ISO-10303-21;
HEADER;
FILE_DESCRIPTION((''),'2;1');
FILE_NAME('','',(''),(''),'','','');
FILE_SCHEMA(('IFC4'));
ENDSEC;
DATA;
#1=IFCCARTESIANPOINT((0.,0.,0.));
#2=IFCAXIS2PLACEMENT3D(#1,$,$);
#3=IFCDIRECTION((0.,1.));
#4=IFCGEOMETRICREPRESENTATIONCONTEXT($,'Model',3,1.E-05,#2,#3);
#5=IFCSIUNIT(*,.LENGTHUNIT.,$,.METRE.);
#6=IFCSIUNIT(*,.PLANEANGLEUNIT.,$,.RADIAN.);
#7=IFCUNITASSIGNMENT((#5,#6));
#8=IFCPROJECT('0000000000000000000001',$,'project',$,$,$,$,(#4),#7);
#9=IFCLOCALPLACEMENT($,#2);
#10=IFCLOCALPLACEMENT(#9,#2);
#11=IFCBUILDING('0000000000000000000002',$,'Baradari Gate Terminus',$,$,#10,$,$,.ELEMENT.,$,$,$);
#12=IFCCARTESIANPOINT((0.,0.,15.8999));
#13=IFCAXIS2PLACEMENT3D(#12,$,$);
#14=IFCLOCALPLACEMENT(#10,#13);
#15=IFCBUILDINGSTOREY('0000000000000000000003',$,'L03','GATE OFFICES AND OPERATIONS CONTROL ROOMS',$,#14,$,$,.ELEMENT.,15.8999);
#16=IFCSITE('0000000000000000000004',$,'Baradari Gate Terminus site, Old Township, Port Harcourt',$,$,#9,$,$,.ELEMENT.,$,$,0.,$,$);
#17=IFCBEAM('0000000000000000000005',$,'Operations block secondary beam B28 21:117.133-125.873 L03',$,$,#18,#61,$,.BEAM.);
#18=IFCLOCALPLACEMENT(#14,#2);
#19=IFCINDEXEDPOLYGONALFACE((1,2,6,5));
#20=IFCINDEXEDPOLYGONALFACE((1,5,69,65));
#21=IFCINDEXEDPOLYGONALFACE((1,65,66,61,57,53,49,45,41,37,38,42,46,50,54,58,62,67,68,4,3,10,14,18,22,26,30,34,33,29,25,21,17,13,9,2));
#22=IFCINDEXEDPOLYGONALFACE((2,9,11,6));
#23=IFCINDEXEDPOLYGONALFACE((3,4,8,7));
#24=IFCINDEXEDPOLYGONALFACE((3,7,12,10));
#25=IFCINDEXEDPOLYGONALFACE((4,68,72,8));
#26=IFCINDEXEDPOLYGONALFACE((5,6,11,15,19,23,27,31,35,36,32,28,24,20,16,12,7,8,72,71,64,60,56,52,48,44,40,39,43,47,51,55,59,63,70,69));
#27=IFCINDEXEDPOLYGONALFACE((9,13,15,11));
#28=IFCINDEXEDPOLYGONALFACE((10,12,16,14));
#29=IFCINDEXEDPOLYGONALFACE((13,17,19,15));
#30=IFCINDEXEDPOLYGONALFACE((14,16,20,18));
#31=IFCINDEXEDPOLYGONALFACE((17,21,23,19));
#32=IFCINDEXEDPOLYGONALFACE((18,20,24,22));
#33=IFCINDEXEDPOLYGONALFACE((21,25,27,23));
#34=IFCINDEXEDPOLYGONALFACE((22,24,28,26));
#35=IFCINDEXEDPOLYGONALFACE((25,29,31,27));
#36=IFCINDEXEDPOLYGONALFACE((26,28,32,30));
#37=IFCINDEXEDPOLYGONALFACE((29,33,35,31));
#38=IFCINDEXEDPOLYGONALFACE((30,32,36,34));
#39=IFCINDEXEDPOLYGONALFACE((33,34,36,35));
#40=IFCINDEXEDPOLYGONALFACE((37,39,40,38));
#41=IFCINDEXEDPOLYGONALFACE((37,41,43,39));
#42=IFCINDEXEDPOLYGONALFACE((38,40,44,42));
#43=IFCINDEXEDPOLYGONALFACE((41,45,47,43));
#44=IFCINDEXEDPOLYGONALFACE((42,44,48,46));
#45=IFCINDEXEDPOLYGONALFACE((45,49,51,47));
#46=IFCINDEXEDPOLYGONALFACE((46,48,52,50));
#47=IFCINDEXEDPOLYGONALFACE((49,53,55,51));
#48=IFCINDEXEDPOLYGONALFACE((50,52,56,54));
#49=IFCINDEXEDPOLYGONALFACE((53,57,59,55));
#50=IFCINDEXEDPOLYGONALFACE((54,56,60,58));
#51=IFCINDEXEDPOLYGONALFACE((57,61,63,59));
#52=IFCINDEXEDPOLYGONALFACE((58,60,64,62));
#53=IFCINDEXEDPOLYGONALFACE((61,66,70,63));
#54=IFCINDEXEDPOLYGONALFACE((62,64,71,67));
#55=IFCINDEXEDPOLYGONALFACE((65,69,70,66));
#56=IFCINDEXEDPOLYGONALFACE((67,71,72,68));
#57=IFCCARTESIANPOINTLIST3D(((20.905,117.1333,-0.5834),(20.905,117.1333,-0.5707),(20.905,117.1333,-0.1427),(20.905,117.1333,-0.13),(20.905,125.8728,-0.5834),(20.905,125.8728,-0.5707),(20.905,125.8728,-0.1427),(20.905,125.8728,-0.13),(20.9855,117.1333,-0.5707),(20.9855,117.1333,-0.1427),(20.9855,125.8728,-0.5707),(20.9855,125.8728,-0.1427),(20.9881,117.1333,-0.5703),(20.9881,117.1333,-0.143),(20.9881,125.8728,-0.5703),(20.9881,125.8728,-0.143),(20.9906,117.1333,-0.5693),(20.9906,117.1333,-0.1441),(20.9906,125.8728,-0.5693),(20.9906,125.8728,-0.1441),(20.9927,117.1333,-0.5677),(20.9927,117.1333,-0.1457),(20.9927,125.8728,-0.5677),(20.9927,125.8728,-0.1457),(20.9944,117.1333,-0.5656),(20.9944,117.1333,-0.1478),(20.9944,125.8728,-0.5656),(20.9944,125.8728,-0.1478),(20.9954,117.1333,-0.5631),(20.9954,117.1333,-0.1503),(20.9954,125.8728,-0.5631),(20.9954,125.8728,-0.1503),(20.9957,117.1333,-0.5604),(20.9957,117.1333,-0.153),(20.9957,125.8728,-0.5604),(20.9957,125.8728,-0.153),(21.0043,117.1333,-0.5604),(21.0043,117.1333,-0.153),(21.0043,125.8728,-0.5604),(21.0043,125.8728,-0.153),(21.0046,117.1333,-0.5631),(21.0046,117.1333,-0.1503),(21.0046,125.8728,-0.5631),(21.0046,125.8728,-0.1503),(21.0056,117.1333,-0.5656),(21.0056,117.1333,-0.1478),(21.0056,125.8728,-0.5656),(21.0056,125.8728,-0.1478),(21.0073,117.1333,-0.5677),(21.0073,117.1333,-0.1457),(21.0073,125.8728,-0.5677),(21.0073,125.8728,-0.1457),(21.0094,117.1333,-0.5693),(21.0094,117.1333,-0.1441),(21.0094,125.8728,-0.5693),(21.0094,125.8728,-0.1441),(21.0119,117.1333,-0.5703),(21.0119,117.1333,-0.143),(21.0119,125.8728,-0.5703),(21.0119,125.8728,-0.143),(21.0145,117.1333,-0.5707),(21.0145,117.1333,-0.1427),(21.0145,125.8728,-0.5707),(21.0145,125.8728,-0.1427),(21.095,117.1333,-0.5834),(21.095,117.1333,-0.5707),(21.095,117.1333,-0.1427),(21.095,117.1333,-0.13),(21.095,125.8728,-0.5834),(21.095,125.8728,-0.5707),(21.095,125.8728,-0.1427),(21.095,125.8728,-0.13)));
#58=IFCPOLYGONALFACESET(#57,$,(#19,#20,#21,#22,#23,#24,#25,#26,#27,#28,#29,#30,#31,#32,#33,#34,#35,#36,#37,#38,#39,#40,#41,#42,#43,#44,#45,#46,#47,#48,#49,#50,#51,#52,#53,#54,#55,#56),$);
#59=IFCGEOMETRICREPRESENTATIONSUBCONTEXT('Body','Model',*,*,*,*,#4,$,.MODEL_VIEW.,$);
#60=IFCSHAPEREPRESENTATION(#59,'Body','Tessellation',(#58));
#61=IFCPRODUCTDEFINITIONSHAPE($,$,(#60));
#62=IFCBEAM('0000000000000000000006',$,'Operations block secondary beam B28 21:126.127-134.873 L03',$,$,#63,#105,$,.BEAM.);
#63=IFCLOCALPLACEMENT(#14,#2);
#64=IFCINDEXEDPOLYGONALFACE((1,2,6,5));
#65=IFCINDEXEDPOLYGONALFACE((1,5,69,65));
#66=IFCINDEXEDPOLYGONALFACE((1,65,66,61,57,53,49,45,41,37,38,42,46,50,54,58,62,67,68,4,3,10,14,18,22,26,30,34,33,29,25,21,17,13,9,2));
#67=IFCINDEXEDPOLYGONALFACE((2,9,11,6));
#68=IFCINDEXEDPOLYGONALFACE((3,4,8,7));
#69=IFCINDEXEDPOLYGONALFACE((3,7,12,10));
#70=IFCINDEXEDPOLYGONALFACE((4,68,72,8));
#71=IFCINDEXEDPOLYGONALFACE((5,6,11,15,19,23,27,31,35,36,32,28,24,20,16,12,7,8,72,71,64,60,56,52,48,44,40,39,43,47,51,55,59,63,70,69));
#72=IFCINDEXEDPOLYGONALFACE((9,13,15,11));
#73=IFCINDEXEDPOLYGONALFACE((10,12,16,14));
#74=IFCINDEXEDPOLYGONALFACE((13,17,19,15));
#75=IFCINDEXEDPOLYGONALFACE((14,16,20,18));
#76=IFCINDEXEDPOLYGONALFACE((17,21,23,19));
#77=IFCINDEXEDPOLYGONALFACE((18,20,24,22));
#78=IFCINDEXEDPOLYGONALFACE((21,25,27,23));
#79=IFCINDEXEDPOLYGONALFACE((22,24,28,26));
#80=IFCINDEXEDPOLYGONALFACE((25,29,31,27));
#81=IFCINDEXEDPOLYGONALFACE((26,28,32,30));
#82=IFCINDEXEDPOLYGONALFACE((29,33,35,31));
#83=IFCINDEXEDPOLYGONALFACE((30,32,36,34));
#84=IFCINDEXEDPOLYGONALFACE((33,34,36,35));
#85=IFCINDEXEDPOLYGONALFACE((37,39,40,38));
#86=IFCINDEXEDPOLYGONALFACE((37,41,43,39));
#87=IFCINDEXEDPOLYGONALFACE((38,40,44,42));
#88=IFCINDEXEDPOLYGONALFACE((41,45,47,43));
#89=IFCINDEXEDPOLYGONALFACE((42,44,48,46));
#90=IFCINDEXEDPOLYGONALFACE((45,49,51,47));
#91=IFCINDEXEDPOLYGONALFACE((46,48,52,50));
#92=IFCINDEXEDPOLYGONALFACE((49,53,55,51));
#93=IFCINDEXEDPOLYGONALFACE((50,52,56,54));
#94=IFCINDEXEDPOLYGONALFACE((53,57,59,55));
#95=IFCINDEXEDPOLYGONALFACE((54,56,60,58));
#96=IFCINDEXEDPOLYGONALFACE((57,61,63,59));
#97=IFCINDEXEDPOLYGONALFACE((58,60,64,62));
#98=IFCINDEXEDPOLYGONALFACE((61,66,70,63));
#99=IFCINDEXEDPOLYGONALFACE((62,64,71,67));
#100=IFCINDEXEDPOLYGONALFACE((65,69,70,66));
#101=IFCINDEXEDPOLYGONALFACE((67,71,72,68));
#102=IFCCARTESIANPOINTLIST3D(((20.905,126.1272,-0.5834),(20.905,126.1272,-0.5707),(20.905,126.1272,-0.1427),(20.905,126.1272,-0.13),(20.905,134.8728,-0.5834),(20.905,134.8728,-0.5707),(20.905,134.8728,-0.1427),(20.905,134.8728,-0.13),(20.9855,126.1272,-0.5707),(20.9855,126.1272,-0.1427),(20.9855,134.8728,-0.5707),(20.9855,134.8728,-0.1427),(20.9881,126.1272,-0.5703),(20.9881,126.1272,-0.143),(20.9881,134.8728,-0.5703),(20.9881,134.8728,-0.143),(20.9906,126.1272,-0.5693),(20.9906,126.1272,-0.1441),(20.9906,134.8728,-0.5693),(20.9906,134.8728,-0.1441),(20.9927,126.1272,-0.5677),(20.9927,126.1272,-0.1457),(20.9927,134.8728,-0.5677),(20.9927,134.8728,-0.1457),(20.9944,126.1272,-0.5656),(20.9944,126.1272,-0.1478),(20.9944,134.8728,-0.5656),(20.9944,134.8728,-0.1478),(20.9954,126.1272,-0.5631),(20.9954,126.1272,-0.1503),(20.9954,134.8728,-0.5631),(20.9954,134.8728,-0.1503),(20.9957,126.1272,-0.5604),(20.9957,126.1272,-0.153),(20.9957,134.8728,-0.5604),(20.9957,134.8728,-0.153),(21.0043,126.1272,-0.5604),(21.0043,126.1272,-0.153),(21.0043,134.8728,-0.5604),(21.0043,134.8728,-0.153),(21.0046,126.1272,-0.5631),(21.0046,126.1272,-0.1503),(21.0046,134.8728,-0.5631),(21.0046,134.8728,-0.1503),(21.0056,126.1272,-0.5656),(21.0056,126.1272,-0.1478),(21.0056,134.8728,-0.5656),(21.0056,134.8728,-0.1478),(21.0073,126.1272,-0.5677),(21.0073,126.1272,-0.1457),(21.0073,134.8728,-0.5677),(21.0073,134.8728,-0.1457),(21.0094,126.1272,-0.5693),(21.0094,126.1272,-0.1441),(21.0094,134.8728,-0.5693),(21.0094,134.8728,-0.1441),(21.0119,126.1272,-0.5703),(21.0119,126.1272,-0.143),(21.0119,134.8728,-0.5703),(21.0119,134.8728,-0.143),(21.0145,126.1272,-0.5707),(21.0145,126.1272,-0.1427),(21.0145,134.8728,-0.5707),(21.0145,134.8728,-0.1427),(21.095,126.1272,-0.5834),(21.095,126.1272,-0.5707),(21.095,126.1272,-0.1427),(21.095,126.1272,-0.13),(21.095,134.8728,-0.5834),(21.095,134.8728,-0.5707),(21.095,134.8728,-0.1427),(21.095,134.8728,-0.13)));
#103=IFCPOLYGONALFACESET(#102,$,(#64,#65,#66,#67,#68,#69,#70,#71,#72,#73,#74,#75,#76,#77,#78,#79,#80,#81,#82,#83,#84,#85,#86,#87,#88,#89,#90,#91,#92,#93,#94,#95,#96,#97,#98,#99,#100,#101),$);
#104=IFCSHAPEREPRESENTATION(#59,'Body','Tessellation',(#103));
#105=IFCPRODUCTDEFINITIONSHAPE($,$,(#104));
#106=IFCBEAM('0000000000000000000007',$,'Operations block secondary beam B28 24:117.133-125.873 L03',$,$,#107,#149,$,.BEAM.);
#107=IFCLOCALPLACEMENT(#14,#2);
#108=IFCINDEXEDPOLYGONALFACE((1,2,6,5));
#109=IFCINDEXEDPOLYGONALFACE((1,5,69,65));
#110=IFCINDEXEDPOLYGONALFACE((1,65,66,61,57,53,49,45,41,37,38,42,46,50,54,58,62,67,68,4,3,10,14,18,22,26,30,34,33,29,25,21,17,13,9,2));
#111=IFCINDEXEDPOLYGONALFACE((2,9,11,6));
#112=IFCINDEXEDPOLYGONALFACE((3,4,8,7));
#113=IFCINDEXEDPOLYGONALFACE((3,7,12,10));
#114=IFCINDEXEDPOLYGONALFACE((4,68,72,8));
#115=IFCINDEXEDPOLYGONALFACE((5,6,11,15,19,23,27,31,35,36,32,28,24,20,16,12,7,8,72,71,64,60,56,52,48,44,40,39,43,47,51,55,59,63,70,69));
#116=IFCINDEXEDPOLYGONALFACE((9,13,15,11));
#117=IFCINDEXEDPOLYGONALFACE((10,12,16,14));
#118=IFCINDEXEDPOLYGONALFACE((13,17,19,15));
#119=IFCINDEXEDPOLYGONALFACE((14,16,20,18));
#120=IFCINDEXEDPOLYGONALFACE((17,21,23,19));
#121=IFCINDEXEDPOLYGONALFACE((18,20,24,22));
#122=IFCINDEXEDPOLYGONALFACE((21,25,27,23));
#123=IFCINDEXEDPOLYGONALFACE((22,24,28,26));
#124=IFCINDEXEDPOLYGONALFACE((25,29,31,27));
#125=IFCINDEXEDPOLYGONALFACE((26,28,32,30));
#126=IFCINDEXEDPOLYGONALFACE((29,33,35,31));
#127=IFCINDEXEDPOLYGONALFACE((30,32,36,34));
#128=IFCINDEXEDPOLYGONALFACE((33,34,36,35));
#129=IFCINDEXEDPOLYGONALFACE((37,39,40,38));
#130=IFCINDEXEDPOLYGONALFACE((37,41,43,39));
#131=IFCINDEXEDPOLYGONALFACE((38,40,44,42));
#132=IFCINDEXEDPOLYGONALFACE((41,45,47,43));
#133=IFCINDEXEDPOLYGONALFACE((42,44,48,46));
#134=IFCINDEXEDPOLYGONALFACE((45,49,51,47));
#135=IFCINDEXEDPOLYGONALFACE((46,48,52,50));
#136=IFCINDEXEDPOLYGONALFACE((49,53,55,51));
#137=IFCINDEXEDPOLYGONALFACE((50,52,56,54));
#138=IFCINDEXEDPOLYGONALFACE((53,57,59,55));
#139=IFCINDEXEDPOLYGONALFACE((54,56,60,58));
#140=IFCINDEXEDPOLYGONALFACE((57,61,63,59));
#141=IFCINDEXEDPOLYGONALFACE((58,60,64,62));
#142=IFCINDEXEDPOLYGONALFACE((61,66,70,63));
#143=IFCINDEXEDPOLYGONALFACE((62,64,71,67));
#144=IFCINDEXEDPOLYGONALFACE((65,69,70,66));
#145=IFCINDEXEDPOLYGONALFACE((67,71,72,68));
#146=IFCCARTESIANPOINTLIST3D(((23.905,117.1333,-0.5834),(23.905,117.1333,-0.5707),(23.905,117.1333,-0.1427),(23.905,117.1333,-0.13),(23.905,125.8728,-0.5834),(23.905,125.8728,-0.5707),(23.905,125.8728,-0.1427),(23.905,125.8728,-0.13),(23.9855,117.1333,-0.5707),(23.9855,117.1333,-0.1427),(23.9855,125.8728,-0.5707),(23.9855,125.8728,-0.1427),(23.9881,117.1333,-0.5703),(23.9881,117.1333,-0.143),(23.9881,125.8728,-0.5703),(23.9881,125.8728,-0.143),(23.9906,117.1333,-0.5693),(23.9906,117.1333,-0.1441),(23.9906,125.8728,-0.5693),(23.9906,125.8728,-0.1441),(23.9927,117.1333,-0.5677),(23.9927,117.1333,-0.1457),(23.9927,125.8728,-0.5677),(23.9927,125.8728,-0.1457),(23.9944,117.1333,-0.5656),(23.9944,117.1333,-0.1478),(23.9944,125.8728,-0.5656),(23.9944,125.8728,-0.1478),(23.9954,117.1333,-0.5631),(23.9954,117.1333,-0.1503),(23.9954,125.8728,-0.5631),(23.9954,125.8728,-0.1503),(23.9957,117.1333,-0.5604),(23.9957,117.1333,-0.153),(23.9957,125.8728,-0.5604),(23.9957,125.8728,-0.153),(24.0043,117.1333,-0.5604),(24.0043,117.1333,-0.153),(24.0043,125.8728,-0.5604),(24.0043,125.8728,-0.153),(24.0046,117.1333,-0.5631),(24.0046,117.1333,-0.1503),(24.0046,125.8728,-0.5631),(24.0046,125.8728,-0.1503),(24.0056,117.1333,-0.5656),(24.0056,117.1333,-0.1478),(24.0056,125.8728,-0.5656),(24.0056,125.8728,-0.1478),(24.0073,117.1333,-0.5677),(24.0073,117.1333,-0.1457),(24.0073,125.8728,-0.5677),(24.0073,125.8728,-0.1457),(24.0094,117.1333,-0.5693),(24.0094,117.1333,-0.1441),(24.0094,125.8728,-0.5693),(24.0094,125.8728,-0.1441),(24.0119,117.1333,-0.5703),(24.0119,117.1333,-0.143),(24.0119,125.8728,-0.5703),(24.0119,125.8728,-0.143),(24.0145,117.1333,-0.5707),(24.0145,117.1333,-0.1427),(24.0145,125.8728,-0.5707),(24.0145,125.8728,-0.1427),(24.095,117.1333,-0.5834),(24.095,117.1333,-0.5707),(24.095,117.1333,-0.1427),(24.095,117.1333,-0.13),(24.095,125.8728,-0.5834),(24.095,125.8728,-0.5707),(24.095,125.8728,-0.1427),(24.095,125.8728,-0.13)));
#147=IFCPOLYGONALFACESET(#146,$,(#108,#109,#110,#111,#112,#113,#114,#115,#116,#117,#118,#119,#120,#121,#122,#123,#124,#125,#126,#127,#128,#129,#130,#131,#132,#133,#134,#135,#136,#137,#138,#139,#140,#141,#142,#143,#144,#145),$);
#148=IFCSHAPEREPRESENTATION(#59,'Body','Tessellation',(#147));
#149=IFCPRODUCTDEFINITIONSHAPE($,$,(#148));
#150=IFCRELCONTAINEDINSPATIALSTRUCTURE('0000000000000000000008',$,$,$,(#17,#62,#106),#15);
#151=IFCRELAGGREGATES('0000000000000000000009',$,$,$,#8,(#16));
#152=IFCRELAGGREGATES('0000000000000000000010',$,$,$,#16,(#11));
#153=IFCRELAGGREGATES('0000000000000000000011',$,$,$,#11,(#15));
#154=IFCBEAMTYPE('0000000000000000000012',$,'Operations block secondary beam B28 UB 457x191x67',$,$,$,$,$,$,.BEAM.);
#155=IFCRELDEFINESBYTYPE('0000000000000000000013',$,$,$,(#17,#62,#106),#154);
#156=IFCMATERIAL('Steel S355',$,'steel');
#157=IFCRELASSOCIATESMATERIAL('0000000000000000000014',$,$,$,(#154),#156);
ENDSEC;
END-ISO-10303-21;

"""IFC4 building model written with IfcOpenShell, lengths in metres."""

from ifc_helpers import new_model, si_unit, direction, frame, origin, origin_2d, place, context, subcontext, project, spatial, i_section, extrude, material, material_profile, profile_set, type_object, element, save


model = new_model("IFC4")

# Units and contexts
model_context = context("Model", 3, precision=1e-05, world=origin(), true_north=direction((0.0, 1.0)))
body_context = subcontext(model_context, "Body", "Model", "MODEL_VIEW")
ifc_project = project(units=[si_unit("LENGTHUNIT", "METRE"), si_unit("PLANEANGLEUNIT", "RADIAN")], contexts=[model_context])

# Site, building, storey
site_placement = place(None, origin())
site = spatial("IfcSite", under=ifc_project, at=site_placement, Name="Baradari Gate Terminus site, Old Township, Port Harcourt", CompositionType="ELEMENT", RefElevation=0.0)
building_placement = place(site_placement, origin())
building = spatial("IfcBuilding", under=site, at=building_placement, Name="Baradari Gate Terminus", CompositionType="ELEMENT")
storey_placement = place(building_placement, frame((0.0, 0.0, 15.8999)))
storey = spatial("IfcBuildingStorey", under=building, at=storey_placement, Name="L03", Description="GATE OFFICES AND OPERATIONS CONTROL ROOMS", CompositionType="ELEMENT", Elevation=15.8999)

# Beams
ifc_material_1 = material(Name="Steel S355", Category="steel")
ifc_material_profile_1 = material_profile(ifc_material_1, i_section(OverallWidth=0.1899, OverallDepth=0.4534, WebThickness=0.0085, FlangeThickness=0.0127, FilletRadius=0.0103, at=origin_2d()), Name="UB 457x191x67")
ifc_profile_set_1 = profile_set([ifc_material_profile_1], Name="Steel S355")
beam_type_1 = type_object("IfcBeamType", Name="Operations block secondary beam B28 UB 457x191x67", PredefinedType="BEAM", material=ifc_profile_set_1)
beam_1_placement = place(storey_placement, frame((21.0, 117.1333, -0.3567), z_axis=(0.0, 1.0, 0.0), x_axis=(-1.0, 0.0, 0.0)))
element("IfcBeam", 1, at=beam_1_placement, inside=storey, type_object=beam_type_1, Name="Operations block secondary beam B28 21:117.133-125.873 L03", PredefinedType="BEAM", context=body_context, shape_type="SweptSolid", body=[
    extrude(i_section(OverallWidth=0.1899, OverallDepth=0.4534, WebThickness=0.0085, FlangeThickness=0.0127, FilletRadius=0.0103, at=origin_2d()), origin(), (0.0, 0.0, 1.0), 8.7395),
])
beam_2_placement = place(storey_placement, frame((21.0, 126.1272, -0.3567), z_axis=(0.0, 1.0, 0.0), x_axis=(-1.0, 0.0, 0.0)))
element("IfcBeam", 2, at=beam_2_placement, inside=storey, type_object=beam_type_1, Name="Operations block secondary beam B28 21:126.127-134.873 L03", PredefinedType="BEAM", context=body_context, shape_type="SweptSolid", body=[
    extrude(i_section(OverallWidth=0.1899, OverallDepth=0.4534, WebThickness=0.0085, FlangeThickness=0.0127, FilletRadius=0.0103, at=origin_2d()), origin(), (0.0, 0.0, 1.0), 8.7456),
])
beam_3_placement = place(storey_placement, frame((24.0, 117.1333, -0.3567), z_axis=(0.0, 1.0, 0.0), x_axis=(-1.0, 0.0, 0.0)))
element("IfcBeam", 3, at=beam_3_placement, inside=storey, type_object=beam_type_1, Name="Operations block secondary beam B28 24:117.133-125.873 L03", PredefinedType="BEAM", context=body_context, shape_type="SweptSolid", body=[
    extrude(i_section(OverallWidth=0.1899, OverallDepth=0.4534, WebThickness=0.0085, FlangeThickness=0.0127, FilletRadius=0.0103, at=origin_2d()), origin(), (0.0, 0.0, 1.0), 8.7395),
])

save(model, "model.ifc")
